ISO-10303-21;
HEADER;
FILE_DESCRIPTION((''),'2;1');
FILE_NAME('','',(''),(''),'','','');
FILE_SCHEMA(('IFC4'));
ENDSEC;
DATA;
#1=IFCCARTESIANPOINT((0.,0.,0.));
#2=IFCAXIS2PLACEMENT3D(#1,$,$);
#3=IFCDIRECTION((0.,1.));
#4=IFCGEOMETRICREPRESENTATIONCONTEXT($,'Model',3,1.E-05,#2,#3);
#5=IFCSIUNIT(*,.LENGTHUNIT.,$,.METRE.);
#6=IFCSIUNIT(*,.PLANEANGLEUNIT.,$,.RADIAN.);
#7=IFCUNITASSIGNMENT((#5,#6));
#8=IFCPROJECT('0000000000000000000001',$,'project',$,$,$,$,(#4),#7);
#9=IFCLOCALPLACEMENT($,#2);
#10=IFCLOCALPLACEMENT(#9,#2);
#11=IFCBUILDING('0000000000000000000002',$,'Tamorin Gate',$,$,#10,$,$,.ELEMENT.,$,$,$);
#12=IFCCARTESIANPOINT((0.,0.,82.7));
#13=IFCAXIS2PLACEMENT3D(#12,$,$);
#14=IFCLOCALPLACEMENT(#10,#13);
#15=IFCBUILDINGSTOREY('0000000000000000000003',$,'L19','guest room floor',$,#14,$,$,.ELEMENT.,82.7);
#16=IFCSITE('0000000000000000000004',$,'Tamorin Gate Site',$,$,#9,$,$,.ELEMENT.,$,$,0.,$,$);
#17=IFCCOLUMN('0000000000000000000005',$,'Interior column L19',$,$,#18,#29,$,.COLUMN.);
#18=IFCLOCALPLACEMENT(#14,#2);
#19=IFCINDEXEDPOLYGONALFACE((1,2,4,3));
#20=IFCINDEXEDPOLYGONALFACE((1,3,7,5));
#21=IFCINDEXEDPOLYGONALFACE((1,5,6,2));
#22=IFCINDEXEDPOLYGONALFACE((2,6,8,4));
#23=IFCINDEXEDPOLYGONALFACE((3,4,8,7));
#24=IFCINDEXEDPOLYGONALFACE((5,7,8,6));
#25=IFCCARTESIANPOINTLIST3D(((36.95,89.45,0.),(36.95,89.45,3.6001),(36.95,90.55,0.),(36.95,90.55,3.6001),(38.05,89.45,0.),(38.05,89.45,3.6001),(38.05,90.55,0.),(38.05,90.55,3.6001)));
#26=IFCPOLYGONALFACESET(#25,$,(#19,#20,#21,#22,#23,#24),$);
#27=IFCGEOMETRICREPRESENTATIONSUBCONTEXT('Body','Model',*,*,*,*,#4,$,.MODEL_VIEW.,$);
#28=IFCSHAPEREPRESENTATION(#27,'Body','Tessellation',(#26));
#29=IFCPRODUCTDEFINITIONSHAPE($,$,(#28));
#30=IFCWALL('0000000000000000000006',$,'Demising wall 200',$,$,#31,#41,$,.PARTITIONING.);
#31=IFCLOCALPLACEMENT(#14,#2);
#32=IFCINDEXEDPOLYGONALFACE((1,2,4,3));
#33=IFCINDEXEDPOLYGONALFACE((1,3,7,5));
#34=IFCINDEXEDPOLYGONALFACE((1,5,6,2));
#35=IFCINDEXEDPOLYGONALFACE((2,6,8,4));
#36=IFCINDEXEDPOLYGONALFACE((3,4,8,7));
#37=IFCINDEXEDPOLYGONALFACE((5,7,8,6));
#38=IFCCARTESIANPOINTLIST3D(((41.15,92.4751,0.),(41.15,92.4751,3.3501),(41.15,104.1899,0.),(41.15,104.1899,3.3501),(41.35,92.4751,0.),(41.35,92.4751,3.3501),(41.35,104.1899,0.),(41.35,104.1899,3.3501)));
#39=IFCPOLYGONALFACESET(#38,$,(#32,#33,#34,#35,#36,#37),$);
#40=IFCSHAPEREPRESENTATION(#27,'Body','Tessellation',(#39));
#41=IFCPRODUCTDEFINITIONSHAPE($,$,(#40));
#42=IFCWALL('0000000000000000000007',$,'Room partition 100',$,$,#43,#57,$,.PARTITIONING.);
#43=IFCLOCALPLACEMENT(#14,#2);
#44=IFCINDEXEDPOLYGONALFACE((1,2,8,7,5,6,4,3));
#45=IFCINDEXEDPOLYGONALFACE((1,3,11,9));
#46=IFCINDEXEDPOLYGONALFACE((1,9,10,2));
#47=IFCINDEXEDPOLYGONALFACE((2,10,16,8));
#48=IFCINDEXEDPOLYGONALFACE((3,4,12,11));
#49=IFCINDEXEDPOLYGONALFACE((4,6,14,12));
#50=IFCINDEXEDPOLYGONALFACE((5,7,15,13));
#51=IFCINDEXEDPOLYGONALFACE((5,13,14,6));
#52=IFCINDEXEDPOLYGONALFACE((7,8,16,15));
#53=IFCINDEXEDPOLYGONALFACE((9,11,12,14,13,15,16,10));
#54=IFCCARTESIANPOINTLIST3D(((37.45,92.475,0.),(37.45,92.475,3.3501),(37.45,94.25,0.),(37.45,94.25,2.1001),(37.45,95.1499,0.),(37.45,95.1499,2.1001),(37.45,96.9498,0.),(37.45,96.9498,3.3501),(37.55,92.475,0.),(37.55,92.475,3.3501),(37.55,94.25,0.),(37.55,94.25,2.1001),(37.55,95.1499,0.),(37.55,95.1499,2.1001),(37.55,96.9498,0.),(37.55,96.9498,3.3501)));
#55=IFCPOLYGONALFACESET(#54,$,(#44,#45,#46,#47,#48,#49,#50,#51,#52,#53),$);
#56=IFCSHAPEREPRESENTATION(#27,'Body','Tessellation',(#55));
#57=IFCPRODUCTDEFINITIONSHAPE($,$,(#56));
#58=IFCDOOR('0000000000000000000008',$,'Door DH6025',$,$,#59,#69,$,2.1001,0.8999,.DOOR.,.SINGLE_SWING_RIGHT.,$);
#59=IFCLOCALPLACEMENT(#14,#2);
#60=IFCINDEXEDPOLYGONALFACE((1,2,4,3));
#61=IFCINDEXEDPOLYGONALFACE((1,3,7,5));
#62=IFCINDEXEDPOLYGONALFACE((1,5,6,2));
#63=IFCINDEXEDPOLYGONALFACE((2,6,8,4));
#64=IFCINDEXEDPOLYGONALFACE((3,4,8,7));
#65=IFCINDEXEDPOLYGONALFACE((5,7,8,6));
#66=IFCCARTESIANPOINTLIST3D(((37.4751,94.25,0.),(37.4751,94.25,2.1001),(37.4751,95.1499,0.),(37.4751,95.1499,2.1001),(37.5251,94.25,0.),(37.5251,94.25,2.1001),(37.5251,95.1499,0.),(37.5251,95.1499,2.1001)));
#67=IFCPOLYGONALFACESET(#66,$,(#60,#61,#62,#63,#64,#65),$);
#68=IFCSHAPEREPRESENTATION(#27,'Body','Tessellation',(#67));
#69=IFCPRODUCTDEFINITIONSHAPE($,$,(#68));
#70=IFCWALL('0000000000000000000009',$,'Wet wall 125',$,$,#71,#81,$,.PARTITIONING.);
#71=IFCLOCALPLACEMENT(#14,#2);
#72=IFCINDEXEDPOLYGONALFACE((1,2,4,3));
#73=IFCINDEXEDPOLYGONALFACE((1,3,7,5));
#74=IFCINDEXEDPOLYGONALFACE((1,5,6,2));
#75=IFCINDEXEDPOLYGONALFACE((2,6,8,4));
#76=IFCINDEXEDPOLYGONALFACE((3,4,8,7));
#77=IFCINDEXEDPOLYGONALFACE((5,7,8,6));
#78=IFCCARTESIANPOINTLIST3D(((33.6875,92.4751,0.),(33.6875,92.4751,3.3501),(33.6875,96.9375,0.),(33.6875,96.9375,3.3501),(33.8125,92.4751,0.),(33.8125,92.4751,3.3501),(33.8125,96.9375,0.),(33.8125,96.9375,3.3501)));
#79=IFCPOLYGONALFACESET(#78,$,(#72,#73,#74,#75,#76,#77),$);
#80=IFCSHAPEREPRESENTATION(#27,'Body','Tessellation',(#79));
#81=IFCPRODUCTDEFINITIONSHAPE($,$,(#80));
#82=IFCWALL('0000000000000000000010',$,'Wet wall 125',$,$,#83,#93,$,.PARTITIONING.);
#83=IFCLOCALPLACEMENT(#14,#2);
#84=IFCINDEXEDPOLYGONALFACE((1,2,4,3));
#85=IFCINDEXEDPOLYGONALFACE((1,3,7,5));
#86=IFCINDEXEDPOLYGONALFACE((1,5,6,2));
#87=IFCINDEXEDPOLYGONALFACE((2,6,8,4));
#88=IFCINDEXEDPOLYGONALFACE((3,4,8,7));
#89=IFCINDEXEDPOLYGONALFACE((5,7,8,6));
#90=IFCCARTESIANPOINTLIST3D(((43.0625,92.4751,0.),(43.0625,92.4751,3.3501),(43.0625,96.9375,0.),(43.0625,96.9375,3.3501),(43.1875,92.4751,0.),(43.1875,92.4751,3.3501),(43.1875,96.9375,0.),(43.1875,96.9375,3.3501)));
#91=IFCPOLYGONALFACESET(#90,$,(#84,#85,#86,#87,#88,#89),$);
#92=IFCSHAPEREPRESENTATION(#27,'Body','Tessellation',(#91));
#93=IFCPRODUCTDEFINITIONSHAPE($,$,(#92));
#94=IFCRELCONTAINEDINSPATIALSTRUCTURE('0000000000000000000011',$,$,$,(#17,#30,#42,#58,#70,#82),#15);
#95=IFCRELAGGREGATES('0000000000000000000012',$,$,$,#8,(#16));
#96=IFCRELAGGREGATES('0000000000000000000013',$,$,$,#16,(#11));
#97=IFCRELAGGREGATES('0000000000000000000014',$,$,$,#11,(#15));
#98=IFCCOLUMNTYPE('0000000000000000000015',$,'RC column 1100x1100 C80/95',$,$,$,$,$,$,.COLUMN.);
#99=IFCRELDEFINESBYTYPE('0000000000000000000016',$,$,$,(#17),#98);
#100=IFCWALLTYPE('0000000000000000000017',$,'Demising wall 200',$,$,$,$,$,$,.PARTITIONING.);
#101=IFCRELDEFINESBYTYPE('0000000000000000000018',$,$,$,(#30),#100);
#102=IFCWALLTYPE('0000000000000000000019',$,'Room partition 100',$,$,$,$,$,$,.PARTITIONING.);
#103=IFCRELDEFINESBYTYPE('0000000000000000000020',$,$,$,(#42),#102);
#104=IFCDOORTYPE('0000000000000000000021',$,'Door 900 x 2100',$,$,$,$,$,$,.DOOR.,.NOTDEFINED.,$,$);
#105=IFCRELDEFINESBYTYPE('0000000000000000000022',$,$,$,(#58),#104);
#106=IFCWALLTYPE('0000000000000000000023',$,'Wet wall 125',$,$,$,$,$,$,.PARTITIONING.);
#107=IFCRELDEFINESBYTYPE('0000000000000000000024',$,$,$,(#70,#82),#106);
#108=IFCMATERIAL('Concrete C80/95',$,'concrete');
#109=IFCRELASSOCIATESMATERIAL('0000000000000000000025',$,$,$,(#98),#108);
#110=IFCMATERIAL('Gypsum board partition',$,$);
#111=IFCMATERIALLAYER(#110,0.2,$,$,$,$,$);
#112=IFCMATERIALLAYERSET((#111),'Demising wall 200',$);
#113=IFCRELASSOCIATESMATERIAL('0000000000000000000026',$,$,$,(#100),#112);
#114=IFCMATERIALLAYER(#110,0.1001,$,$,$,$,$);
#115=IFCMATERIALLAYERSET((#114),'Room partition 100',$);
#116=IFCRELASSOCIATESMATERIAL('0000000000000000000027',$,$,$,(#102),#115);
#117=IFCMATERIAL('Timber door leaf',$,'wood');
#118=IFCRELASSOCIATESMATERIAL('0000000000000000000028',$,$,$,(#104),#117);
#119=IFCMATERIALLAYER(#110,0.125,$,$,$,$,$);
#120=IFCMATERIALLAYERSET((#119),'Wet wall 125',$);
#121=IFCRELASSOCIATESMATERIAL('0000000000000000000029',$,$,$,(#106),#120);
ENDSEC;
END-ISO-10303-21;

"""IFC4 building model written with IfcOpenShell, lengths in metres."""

from ifc_helpers import new_model, si_unit, direction, frame, frame_2d, origin, origin_2d, place, context, subcontext, project, spatial, rectangle, extrude, material, layer, layer_set, material_profile, profile_set, type_object, element, fill, save


model = new_model("IFC4")

# Units and contexts
model_context = context("Model", 3, precision=1e-05, world=origin(), true_north=direction((0.0, 1.0)))
body_context = subcontext(model_context, "Body", "Model", "MODEL_VIEW")
ifc_project = project(units=[si_unit("LENGTHUNIT", "METRE"), si_unit("PLANEANGLEUNIT", "RADIAN")], contexts=[model_context])

# Site, building, storey
site_placement = place(None, origin())
site = spatial("IfcSite", under=ifc_project, at=site_placement, Name="Tamorin Gate Site", CompositionType="ELEMENT", RefElevation=0.0)
building_placement = place(site_placement, origin())
building = spatial("IfcBuilding", under=site, at=building_placement, Name="Tamorin Gate", CompositionType="ELEMENT")
storey_placement = place(building_placement, frame((0.0, 0.0, 82.7)))
storey = spatial("IfcBuildingStorey", under=building, at=storey_placement, Name="L19", Description="guest room floor", CompositionType="ELEMENT", Elevation=82.7)

# Column
ifc_material_1 = material(Name="Concrete C80/95", Category="concrete")
ifc_material_profile = material_profile(ifc_material_1, rectangle(XDim=1.1001, YDim=1.1001, at=origin_2d()), Name="RC 1100x1100")
ifc_profile_set = profile_set([ifc_material_profile], Name="Concrete C80/95")
column_type = type_object("IfcColumnType", Name="RC column 1100x1100 C80/95", PredefinedType="COLUMN", material=ifc_profile_set)
column_placement = place(storey_placement, frame((37.5, 90.0, 0.0), z_axis=(0.0, 0.0, 1.0), x_axis=(1.0, 0.0, 0.0)))
element("IfcColumn", 1, at=column_placement, inside=storey, type_object=column_type, Name="Interior column L19", PredefinedType="COLUMN", context=body_context, shape_type="SweptSolid", body=[
    extrude(rectangle(XDim=1.1001, YDim=1.1001, at=origin_2d()), origin(), (0.0, 0.0, 1.0), 3.6001),
])

# Shared definitions
ifc_material_2 = material(Name="Gypsum board partition")
ifc_material_3 = material(Name="Timber door leaf", Category="wood")

# Wall
ifc_layer_1 = layer(ifc_material_2, 0.2)
ifc_layer_set_1 = layer_set([ifc_layer_1], Name="Demising wall 200")
wall_type_1 = type_object("IfcWallType", Name="Demising wall 200", PredefinedType="PARTITIONING", material=ifc_layer_set_1)
wall_1_placement = place(storey_placement, frame((41.25, 92.4751, 0.0), z_axis=(0.0, 0.0, 1.0), x_axis=(0.0, 1.0, 0.0)))
element("IfcWall", 2, at=wall_1_placement, inside=storey, type_object=wall_type_1, Name="Demising wall 200", PredefinedType="PARTITIONING", context=body_context, shape_type="SweptSolid", body=[
    extrude(rectangle(XDim=11.7148, YDim=0.2, at=frame_2d((5.8574, 0.0))), origin(), (0.0, 0.0, 1.0), 3.3501),
])

# Wall, opening, door
ifc_layer_2 = layer(ifc_material_2, 0.1001)
ifc_layer_set_2 = layer_set([ifc_layer_2], Name="Room partition 100")
wall_type_2 = type_object("IfcWallType", Name="Room partition 100", PredefinedType="PARTITIONING", material=ifc_layer_set_2)
wall_2_placement = place(storey_placement, frame((37.5, 92.4751, 0.0), z_axis=(0.0, 0.0, 1.0), x_axis=(0.0, 1.0, 0.0)))
wall_2 = element("IfcWall", 3, at=wall_2_placement, inside=storey, type_object=wall_type_2, Name="Room partition 100", PredefinedType="PARTITIONING", context=body_context, shape_type="SweptSolid", body=[
    extrude(rectangle(XDim=4.4749, YDim=0.1001, at=frame_2d((2.2373, 0.0))), origin(), (0.0, 0.0, 1.0), 3.3501),
])
opening_1_placement = place(wall_2_placement, frame((1.7749, 0.0, 0.0)))
opening_1 = element("IfcOpeningElement", 4, at=opening_1_placement, cuts=wall_2, PredefinedType="OPENING", context=body_context, shape_type="SweptSolid", body=[
    extrude(rectangle(XDim=0.8999, YDim=2.1001, at=frame_2d((0.45, 1.05))), frame((0.0, 0.0601, 0.0), z_axis=(0.0, -1.0, 0.0), x_axis=(1.0, 0.0, 0.0)), (0.0, 0.0, 1.0), 0.1201),
])
door_type_1 = type_object("IfcDoorType", Name="Door 900 x 2100", OperationType="NOTDEFINED", PredefinedType="DOOR", material=ifc_material_3)
door_1_placement = place(opening_1_placement, origin())
door_1 = element("IfcDoor", 5, at=door_1_placement, inside=storey, type_object=door_type_1, Name="Door DH6025", OperationType="SINGLE_SWING_RIGHT", OverallHeight=2.1001, OverallWidth=0.8999, PredefinedType="DOOR", context=body_context, shape_type="SweptSolid", body=[
    extrude(rectangle(XDim=0.8999, YDim=2.1001, at=frame_2d((0.45, 1.05))), frame((0.0, 0.0249, 0.0), z_axis=(0.0, -1.0, 0.0), x_axis=(1.0, 0.0, 0.0)), (0.0, 0.0, 1.0), 0.05),
])
fill(opening_1, door_1)

# Walls
ifc_layer_3 = layer(ifc_material_2, 0.125)
ifc_layer_set_3 = layer_set([ifc_layer_3], Name="Wet wall 125")
wall_type_3 = type_object("IfcWallType", Name="Wet wall 125", PredefinedType="PARTITIONING", material=ifc_layer_set_3)
for number, where, z_axis, x_axis, name in (
    (6, (33.75, 92.4751, 0.0), (0.0, 0.0, 1.0), (0.0, 1.0, 0.0), "Wet wall 125"),
    (7, (43.125, 92.4751, 0.0), (0.0, 0.0, 1.0), (0.0, 1.0, 0.0), "Wet wall 125"),
):
    element("IfcWall", number, at=place(storey_placement, frame(where, z_axis=z_axis, x_axis=x_axis)), inside=storey, type_object=wall_type_3, Name=name, PredefinedType="PARTITIONING", context=body_context, shape_type="SweptSolid", body=[
        extrude(rectangle(XDim=4.4624, YDim=0.125, at=frame_2d((2.2312, 0.0))), origin(), (0.0, 0.0, 1.0), 3.3501),
    ])

save(model, "model.ifc")
